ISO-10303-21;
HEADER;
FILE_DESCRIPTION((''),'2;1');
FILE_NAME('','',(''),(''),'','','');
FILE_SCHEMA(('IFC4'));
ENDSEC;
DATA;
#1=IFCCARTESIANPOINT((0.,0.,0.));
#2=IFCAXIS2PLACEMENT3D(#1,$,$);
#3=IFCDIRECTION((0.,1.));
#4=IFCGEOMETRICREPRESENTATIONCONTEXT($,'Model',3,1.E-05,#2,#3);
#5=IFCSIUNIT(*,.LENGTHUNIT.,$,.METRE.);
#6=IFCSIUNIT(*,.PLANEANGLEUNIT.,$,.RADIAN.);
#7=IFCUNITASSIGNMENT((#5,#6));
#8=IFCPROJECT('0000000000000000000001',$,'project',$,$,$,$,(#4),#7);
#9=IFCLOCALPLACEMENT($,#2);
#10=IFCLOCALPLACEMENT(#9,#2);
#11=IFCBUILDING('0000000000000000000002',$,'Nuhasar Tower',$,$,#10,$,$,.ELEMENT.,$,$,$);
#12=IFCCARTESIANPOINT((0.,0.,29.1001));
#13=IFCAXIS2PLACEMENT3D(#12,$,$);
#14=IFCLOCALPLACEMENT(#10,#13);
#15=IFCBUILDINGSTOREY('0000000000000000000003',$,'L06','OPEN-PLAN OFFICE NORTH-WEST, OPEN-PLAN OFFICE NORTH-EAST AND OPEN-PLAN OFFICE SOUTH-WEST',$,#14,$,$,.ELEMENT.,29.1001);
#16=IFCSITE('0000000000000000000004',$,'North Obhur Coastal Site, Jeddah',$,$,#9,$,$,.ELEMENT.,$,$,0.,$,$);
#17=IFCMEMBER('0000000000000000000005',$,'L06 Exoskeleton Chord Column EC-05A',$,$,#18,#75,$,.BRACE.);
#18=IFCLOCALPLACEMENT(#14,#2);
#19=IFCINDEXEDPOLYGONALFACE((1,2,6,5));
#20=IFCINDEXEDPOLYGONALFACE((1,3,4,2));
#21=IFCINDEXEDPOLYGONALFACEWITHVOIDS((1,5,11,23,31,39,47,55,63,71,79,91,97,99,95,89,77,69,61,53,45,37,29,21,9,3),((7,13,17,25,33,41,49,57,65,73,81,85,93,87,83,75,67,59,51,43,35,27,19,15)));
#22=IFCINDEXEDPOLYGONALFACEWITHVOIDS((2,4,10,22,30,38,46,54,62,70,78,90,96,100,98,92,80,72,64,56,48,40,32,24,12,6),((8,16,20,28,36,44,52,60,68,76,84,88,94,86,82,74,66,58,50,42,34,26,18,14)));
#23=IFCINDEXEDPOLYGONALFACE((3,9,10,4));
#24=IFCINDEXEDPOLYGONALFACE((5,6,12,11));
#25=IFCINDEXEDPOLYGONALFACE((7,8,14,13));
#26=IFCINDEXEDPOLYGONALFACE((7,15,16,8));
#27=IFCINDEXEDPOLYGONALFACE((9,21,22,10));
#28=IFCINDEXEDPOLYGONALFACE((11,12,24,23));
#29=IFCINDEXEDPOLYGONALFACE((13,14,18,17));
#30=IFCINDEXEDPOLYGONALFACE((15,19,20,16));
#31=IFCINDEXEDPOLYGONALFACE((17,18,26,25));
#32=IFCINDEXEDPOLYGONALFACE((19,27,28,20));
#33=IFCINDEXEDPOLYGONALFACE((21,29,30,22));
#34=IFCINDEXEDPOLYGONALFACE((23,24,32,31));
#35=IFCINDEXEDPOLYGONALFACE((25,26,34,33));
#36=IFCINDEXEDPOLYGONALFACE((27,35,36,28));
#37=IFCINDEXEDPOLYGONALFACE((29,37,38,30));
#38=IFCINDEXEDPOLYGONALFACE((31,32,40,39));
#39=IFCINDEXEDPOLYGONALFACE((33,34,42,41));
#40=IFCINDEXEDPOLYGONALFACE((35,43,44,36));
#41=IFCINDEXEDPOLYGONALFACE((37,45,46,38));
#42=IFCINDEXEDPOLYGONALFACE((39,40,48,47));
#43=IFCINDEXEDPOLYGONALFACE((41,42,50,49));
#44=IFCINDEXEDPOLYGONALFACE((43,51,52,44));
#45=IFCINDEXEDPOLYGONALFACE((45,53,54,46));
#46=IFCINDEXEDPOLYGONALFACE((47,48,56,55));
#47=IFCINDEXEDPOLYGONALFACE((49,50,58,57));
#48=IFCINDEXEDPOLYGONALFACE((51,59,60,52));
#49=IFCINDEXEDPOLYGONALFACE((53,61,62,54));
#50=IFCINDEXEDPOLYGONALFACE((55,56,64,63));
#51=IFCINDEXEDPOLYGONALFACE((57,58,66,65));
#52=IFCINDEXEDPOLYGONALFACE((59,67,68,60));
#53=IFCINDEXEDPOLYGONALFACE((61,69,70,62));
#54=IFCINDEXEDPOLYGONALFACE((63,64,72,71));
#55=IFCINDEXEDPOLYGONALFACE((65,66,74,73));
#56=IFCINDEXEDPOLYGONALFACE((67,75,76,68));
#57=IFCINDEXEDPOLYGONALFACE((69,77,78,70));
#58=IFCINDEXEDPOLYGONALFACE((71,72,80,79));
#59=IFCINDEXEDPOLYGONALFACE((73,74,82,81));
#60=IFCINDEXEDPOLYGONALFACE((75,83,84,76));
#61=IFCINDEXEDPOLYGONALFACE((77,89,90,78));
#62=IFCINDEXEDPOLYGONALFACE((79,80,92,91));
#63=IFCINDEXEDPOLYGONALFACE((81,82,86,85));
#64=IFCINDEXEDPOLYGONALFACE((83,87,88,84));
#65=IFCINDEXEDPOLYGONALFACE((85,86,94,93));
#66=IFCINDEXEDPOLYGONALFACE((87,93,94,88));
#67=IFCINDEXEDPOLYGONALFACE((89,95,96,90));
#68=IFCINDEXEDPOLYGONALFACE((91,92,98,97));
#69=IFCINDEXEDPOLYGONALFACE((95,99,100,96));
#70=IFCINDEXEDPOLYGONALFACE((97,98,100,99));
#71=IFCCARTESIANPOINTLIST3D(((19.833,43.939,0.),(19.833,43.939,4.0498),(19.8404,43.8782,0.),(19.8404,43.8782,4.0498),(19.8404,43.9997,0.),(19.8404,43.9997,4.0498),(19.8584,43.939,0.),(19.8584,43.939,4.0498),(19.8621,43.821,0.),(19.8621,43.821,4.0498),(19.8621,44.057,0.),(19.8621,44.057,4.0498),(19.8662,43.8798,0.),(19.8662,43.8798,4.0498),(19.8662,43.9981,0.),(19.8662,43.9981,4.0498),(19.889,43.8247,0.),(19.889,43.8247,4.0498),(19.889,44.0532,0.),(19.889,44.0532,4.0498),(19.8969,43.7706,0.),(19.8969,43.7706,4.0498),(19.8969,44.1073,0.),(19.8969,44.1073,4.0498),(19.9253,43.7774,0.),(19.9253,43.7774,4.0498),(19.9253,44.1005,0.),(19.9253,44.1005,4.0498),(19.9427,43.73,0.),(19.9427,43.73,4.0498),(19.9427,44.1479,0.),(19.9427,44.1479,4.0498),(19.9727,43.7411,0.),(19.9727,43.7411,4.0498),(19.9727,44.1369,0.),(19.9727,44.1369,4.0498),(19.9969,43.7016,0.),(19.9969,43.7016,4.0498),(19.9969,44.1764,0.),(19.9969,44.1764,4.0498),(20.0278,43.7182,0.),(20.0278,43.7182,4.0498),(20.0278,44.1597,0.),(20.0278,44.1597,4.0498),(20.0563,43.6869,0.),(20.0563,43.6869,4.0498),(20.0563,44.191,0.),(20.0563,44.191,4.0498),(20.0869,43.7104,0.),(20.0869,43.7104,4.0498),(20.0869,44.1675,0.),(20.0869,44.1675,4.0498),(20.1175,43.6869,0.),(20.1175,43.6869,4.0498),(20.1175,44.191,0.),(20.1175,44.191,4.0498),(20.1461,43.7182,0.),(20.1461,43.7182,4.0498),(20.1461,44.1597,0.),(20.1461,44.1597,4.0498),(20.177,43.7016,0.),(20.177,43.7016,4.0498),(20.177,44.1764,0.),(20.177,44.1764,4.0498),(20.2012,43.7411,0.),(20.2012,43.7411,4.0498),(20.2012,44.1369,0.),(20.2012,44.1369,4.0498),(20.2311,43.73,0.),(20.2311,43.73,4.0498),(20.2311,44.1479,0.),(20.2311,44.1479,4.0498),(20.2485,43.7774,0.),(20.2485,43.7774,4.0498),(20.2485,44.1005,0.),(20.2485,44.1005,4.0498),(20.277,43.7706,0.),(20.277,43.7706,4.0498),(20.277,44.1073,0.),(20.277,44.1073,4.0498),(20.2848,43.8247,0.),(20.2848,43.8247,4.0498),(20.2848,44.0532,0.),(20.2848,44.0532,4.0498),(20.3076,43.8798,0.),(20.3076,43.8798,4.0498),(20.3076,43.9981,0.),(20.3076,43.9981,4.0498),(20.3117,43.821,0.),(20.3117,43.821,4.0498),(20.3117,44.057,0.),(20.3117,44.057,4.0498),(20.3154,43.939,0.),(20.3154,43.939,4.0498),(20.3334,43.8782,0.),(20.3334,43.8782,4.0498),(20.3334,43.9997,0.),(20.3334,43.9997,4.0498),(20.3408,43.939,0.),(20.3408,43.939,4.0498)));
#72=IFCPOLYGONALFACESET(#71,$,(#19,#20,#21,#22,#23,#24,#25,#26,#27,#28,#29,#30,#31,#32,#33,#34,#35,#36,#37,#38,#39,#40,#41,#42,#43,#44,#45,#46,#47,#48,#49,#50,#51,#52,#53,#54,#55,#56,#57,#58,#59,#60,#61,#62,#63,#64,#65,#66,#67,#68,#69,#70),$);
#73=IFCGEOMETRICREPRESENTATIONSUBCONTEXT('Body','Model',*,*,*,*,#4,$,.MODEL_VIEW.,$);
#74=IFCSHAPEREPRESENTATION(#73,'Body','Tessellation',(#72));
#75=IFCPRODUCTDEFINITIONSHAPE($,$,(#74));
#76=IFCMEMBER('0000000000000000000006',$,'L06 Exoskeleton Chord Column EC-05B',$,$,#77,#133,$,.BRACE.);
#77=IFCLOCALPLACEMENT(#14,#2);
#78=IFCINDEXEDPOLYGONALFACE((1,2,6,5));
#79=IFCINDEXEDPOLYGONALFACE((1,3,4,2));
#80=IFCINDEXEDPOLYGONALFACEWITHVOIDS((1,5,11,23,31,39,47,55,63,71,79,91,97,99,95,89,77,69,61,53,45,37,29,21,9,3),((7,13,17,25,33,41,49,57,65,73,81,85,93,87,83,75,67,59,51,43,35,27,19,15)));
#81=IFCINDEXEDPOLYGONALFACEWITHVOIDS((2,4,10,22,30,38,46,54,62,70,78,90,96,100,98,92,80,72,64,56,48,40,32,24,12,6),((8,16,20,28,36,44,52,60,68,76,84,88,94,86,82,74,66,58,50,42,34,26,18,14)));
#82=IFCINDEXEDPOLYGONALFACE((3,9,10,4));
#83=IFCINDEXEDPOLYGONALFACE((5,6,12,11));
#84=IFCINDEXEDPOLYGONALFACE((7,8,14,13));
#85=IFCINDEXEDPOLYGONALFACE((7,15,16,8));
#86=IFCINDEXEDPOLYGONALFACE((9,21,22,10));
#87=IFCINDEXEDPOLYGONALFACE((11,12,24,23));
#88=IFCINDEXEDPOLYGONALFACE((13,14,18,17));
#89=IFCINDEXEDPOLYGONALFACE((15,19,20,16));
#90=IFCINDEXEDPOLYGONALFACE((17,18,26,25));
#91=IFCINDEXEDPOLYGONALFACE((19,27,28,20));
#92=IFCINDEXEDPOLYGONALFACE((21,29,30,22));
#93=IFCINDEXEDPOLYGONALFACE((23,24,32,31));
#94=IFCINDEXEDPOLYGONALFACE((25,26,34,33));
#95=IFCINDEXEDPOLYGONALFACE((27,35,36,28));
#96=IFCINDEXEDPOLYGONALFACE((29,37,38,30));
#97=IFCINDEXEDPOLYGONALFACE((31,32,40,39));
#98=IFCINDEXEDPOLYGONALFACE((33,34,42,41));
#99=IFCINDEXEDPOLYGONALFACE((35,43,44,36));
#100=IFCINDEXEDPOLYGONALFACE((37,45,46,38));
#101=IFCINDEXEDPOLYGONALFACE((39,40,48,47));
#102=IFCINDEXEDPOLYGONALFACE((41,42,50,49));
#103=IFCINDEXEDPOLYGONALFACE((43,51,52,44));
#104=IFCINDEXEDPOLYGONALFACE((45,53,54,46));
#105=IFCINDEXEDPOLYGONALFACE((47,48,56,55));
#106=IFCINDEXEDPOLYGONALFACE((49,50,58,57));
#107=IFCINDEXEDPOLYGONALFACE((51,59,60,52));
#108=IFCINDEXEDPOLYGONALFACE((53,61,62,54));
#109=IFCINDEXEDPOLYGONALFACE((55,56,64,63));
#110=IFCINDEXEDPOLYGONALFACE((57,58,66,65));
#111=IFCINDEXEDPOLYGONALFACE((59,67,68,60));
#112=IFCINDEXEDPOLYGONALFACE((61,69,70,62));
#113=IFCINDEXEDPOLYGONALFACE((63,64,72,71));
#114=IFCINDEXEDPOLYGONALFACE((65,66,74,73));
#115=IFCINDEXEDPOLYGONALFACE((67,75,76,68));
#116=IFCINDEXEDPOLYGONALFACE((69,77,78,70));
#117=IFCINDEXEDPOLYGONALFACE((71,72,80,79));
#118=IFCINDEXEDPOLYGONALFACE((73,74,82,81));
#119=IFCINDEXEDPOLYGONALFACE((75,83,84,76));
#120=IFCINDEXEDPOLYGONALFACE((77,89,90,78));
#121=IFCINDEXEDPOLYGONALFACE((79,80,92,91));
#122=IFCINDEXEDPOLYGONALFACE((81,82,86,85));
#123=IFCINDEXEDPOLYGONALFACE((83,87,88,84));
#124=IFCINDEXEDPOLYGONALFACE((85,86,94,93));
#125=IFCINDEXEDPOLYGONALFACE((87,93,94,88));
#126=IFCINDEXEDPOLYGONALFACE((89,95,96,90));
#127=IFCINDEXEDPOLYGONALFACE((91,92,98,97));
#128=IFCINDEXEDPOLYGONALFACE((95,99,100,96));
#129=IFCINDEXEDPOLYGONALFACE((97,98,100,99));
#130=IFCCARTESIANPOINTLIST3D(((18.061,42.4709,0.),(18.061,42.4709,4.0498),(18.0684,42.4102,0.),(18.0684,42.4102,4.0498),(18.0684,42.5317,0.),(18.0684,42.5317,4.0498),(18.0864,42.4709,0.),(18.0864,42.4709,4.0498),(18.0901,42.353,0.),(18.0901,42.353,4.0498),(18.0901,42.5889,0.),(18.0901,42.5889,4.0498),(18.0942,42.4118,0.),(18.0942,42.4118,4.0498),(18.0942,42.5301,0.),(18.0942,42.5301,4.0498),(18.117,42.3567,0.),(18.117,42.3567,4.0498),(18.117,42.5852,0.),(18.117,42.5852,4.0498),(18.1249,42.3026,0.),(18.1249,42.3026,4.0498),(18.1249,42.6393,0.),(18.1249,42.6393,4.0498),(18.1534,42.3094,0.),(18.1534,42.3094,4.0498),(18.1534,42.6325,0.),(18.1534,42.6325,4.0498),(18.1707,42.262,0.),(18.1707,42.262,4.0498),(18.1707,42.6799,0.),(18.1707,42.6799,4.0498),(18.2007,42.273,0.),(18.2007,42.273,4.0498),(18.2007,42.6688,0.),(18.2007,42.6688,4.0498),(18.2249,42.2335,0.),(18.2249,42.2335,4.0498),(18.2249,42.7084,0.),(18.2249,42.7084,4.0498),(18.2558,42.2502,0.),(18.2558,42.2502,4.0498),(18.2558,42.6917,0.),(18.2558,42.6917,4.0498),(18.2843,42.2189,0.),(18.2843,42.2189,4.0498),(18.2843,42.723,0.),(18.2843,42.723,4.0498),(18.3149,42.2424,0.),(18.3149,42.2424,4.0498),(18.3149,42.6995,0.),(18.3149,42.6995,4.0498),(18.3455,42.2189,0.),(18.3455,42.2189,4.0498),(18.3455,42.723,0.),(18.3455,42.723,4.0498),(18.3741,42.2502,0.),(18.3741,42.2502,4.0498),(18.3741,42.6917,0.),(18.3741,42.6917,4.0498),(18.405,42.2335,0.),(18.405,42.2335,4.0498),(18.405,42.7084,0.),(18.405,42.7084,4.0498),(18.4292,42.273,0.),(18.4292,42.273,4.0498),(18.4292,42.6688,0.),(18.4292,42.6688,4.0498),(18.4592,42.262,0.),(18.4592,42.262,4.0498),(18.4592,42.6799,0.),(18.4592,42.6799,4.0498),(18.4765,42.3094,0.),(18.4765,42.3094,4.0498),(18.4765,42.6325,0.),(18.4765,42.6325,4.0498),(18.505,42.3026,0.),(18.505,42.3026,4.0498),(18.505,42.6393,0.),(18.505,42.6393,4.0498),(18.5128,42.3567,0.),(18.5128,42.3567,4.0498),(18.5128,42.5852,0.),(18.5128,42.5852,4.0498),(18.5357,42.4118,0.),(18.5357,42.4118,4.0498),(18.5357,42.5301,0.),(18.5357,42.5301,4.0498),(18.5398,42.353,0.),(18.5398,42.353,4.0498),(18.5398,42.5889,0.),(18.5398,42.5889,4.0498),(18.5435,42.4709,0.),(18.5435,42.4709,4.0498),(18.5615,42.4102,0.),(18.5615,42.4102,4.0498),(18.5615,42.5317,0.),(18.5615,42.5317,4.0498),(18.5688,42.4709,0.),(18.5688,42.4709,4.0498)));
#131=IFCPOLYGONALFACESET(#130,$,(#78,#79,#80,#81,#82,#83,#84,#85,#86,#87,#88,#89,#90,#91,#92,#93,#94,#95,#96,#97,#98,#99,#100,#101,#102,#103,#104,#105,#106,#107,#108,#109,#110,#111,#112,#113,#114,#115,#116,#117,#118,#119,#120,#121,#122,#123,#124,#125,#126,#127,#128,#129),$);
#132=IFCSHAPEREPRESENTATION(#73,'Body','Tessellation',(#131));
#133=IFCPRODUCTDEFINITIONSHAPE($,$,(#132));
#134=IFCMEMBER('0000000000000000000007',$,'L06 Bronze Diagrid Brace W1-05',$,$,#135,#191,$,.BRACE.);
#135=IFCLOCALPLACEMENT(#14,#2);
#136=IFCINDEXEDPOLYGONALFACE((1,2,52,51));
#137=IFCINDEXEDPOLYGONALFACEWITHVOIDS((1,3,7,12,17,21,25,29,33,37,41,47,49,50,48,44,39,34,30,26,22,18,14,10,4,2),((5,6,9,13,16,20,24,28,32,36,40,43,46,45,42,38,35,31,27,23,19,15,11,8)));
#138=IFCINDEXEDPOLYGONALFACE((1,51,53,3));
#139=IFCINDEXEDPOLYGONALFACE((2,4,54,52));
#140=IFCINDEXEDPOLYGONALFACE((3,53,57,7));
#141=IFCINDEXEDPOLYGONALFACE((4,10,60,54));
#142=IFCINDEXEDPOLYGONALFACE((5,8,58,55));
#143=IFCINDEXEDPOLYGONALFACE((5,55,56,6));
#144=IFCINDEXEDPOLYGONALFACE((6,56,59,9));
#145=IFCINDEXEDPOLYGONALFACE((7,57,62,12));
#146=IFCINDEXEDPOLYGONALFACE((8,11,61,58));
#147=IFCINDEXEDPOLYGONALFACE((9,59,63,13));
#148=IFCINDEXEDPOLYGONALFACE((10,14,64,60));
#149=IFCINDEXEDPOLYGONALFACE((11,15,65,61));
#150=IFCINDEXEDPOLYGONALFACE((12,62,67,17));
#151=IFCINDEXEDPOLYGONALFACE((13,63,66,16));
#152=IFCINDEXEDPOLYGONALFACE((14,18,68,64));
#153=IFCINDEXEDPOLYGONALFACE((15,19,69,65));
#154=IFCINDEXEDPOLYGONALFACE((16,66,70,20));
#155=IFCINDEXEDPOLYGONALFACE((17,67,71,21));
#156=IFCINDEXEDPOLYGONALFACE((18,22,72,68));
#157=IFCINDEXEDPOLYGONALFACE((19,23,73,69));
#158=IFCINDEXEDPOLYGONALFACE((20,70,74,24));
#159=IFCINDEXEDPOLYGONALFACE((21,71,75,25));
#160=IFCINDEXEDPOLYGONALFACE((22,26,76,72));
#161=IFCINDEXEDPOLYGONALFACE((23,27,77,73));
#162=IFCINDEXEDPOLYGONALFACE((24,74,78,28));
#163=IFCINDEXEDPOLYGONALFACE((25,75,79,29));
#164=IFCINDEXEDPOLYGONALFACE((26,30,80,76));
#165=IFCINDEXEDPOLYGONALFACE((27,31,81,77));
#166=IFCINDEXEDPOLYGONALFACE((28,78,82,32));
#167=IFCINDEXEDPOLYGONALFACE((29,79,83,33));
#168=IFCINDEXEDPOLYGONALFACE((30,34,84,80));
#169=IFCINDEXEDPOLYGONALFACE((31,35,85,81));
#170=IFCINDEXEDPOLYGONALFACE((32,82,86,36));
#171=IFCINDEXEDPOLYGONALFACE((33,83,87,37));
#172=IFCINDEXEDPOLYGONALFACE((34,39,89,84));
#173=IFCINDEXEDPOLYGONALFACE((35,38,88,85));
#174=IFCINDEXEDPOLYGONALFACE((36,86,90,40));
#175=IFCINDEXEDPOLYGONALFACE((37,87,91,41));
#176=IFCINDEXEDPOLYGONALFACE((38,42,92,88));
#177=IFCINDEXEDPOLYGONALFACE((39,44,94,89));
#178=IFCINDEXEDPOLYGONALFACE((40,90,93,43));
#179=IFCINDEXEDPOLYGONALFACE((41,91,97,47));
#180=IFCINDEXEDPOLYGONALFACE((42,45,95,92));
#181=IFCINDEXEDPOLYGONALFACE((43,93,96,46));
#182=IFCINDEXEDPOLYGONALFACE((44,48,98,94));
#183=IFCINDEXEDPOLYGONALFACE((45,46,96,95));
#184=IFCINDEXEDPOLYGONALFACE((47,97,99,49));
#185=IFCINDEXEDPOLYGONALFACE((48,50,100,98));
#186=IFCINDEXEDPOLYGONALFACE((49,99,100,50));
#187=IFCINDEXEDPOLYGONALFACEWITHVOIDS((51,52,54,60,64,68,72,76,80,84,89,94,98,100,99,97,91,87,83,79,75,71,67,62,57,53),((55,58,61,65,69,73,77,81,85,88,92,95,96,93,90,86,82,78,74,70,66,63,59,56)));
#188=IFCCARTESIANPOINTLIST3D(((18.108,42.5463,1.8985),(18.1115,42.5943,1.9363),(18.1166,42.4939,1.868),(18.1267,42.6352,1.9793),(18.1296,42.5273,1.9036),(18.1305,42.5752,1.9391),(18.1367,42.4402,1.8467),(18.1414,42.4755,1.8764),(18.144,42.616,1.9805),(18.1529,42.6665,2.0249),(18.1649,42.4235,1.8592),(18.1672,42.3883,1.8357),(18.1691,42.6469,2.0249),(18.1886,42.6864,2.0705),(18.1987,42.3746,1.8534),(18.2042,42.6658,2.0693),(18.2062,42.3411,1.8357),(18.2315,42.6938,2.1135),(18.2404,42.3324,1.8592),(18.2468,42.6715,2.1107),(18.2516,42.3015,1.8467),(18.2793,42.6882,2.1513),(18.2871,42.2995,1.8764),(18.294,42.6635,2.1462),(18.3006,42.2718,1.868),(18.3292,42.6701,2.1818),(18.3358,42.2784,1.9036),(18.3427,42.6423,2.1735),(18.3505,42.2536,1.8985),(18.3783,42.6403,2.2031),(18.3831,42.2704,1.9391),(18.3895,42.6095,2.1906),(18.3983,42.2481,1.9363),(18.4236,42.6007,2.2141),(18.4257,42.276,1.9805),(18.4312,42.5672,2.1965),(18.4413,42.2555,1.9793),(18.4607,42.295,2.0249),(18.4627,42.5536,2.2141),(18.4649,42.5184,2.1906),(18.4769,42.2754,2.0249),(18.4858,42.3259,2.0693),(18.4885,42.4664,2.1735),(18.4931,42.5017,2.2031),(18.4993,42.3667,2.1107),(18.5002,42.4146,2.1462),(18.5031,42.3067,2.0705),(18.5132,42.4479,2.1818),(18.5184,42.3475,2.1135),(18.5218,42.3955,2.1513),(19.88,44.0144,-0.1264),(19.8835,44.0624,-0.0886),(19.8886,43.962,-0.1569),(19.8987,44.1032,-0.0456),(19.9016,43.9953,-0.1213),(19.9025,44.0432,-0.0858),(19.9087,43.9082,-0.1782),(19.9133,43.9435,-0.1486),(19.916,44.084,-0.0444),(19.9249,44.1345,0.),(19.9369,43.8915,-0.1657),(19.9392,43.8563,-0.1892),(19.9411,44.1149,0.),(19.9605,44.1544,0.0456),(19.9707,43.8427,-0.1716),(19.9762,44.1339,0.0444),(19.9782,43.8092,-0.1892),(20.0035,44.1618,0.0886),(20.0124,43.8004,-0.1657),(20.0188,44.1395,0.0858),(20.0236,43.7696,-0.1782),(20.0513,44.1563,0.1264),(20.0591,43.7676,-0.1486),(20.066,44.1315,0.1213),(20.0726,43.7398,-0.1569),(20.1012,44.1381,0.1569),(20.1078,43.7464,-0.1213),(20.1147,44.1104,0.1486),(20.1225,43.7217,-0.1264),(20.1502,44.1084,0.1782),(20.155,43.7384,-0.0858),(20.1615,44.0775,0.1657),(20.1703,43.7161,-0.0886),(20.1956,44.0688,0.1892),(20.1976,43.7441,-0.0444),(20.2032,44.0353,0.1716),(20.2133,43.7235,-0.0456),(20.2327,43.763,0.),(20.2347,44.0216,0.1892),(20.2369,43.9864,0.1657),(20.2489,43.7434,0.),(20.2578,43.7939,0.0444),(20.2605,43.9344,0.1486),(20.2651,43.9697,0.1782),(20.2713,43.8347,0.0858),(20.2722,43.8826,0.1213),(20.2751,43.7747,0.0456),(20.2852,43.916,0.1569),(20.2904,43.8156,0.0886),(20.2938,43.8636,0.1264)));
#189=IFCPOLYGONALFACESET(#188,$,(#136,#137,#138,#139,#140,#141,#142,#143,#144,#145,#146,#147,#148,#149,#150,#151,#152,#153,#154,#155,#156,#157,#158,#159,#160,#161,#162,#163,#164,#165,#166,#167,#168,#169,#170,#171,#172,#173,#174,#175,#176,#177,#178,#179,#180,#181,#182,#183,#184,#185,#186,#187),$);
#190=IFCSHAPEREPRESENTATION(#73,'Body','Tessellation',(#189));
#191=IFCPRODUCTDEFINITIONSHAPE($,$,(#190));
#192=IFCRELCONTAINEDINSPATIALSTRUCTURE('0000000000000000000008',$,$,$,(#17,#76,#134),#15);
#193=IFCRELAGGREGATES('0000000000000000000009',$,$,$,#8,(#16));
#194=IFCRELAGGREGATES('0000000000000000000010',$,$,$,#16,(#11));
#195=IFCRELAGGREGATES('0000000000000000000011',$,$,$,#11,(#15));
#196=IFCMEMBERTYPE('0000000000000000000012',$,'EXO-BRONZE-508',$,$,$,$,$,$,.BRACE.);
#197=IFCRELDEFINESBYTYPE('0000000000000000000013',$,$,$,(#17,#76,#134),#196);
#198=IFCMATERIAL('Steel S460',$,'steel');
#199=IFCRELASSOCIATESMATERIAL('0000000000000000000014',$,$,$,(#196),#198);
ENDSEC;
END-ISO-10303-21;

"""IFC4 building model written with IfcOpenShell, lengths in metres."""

from ifc_helpers import new_model, si_unit, direction, frame, origin, origin_2d, place, context, subcontext, project, spatial, hollow_circle, extrude, material, material_profile, profile_set, type_object, element, save


model = new_model("IFC4")

# Units and contexts
model_context = context("Model", 3, precision=1e-05, world=origin(), true_north=direction((0.0, 1.0)))
body_context = subcontext(model_context, "Body", "Model", "MODEL_VIEW")
ifc_project = project(units=[si_unit("LENGTHUNIT", "METRE"), si_unit("PLANEANGLEUNIT", "RADIAN")], contexts=[model_context])

# Site, building, storey
site_placement = place(None, origin())
site = spatial("IfcSite", under=ifc_project, at=site_placement, Name="North Obhur Coastal Site, Jeddah", CompositionType="ELEMENT", RefElevation=0.0)
building_placement = place(site_placement, origin())
building = spatial("IfcBuilding", under=site, at=building_placement, Name="Nuhasar Tower", CompositionType="ELEMENT")
storey_placement = place(building_placement, frame((0.0, 0.0, 29.1001)))
storey = spatial("IfcBuildingStorey", under=building, at=storey_placement, Name="L06", Description="OPEN-PLAN OFFICE NORTH-WEST, OPEN-PLAN OFFICE NORTH-EAST AND OPEN-PLAN OFFICE SOUTH-WEST", CompositionType="ELEMENT", Elevation=29.1001)

# Members
ifc_material_1 = material(Name="Steel S460", Category="steel")
ifc_material_profile_1 = material_profile(ifc_material_1, hollow_circle(Radius=0.2539, WallThickness=0.0254, at=origin_2d()), Name="HSS508X25.4")
ifc_profile_set_1 = profile_set([ifc_material_profile_1], Name="Steel S460")
member_type_1 = type_object("IfcMemberType", Name="EXO-BRONZE-508", PredefinedType="BRACE", material=ifc_profile_set_1)
for number, where, z_axis, x_axis, name in (
    (1, (20.0869, 43.939, 0.0), (0.0, 0.0, 1.0), (1.0, 0.0, 0.0), "L06 Exoskeleton Chord Column EC-05A"),
    (2, (18.3149, 42.4709, 0.0), (0.0, 0.0, 1.0), (1.0, 0.0, 0.0), "L06 Exoskeleton Chord Column EC-05B"),
):
    element("IfcMember", number, at=place(storey_placement, frame(where, z_axis=z_axis, x_axis=x_axis)), inside=storey, type_object=member_type_1, Name=name, PredefinedType="BRACE", context=body_context, shape_type="SweptSolid", body=[
        extrude(hollow_circle(Radius=0.2539, WallThickness=0.0254, at=origin_2d()), origin(), (0.0, 0.0, 1.0), 4.0498),
    ])
for number, where, z_axis, x_axis, name in (
    (3, (20.0869, 43.939, 0.0), (-0.578102, -0.478937, 0.660619), (0.637969, -0.770062, 0.0), "L06 Bronze Diagrid Brace W1-05"),
):
    element("IfcMember", number, at=place(storey_placement, frame(where, z_axis=z_axis, x_axis=x_axis)), inside=storey, type_object=member_type_1, Name=name, PredefinedType="BRACE", context=body_context, shape_type="SweptSolid", body=[
        extrude(hollow_circle(Radius=0.2539, WallThickness=0.0254, at=origin_2d()), origin(), (0.0, 0.0, 1.0), 3.0652),
    ])

save(model, "model.ifc")
